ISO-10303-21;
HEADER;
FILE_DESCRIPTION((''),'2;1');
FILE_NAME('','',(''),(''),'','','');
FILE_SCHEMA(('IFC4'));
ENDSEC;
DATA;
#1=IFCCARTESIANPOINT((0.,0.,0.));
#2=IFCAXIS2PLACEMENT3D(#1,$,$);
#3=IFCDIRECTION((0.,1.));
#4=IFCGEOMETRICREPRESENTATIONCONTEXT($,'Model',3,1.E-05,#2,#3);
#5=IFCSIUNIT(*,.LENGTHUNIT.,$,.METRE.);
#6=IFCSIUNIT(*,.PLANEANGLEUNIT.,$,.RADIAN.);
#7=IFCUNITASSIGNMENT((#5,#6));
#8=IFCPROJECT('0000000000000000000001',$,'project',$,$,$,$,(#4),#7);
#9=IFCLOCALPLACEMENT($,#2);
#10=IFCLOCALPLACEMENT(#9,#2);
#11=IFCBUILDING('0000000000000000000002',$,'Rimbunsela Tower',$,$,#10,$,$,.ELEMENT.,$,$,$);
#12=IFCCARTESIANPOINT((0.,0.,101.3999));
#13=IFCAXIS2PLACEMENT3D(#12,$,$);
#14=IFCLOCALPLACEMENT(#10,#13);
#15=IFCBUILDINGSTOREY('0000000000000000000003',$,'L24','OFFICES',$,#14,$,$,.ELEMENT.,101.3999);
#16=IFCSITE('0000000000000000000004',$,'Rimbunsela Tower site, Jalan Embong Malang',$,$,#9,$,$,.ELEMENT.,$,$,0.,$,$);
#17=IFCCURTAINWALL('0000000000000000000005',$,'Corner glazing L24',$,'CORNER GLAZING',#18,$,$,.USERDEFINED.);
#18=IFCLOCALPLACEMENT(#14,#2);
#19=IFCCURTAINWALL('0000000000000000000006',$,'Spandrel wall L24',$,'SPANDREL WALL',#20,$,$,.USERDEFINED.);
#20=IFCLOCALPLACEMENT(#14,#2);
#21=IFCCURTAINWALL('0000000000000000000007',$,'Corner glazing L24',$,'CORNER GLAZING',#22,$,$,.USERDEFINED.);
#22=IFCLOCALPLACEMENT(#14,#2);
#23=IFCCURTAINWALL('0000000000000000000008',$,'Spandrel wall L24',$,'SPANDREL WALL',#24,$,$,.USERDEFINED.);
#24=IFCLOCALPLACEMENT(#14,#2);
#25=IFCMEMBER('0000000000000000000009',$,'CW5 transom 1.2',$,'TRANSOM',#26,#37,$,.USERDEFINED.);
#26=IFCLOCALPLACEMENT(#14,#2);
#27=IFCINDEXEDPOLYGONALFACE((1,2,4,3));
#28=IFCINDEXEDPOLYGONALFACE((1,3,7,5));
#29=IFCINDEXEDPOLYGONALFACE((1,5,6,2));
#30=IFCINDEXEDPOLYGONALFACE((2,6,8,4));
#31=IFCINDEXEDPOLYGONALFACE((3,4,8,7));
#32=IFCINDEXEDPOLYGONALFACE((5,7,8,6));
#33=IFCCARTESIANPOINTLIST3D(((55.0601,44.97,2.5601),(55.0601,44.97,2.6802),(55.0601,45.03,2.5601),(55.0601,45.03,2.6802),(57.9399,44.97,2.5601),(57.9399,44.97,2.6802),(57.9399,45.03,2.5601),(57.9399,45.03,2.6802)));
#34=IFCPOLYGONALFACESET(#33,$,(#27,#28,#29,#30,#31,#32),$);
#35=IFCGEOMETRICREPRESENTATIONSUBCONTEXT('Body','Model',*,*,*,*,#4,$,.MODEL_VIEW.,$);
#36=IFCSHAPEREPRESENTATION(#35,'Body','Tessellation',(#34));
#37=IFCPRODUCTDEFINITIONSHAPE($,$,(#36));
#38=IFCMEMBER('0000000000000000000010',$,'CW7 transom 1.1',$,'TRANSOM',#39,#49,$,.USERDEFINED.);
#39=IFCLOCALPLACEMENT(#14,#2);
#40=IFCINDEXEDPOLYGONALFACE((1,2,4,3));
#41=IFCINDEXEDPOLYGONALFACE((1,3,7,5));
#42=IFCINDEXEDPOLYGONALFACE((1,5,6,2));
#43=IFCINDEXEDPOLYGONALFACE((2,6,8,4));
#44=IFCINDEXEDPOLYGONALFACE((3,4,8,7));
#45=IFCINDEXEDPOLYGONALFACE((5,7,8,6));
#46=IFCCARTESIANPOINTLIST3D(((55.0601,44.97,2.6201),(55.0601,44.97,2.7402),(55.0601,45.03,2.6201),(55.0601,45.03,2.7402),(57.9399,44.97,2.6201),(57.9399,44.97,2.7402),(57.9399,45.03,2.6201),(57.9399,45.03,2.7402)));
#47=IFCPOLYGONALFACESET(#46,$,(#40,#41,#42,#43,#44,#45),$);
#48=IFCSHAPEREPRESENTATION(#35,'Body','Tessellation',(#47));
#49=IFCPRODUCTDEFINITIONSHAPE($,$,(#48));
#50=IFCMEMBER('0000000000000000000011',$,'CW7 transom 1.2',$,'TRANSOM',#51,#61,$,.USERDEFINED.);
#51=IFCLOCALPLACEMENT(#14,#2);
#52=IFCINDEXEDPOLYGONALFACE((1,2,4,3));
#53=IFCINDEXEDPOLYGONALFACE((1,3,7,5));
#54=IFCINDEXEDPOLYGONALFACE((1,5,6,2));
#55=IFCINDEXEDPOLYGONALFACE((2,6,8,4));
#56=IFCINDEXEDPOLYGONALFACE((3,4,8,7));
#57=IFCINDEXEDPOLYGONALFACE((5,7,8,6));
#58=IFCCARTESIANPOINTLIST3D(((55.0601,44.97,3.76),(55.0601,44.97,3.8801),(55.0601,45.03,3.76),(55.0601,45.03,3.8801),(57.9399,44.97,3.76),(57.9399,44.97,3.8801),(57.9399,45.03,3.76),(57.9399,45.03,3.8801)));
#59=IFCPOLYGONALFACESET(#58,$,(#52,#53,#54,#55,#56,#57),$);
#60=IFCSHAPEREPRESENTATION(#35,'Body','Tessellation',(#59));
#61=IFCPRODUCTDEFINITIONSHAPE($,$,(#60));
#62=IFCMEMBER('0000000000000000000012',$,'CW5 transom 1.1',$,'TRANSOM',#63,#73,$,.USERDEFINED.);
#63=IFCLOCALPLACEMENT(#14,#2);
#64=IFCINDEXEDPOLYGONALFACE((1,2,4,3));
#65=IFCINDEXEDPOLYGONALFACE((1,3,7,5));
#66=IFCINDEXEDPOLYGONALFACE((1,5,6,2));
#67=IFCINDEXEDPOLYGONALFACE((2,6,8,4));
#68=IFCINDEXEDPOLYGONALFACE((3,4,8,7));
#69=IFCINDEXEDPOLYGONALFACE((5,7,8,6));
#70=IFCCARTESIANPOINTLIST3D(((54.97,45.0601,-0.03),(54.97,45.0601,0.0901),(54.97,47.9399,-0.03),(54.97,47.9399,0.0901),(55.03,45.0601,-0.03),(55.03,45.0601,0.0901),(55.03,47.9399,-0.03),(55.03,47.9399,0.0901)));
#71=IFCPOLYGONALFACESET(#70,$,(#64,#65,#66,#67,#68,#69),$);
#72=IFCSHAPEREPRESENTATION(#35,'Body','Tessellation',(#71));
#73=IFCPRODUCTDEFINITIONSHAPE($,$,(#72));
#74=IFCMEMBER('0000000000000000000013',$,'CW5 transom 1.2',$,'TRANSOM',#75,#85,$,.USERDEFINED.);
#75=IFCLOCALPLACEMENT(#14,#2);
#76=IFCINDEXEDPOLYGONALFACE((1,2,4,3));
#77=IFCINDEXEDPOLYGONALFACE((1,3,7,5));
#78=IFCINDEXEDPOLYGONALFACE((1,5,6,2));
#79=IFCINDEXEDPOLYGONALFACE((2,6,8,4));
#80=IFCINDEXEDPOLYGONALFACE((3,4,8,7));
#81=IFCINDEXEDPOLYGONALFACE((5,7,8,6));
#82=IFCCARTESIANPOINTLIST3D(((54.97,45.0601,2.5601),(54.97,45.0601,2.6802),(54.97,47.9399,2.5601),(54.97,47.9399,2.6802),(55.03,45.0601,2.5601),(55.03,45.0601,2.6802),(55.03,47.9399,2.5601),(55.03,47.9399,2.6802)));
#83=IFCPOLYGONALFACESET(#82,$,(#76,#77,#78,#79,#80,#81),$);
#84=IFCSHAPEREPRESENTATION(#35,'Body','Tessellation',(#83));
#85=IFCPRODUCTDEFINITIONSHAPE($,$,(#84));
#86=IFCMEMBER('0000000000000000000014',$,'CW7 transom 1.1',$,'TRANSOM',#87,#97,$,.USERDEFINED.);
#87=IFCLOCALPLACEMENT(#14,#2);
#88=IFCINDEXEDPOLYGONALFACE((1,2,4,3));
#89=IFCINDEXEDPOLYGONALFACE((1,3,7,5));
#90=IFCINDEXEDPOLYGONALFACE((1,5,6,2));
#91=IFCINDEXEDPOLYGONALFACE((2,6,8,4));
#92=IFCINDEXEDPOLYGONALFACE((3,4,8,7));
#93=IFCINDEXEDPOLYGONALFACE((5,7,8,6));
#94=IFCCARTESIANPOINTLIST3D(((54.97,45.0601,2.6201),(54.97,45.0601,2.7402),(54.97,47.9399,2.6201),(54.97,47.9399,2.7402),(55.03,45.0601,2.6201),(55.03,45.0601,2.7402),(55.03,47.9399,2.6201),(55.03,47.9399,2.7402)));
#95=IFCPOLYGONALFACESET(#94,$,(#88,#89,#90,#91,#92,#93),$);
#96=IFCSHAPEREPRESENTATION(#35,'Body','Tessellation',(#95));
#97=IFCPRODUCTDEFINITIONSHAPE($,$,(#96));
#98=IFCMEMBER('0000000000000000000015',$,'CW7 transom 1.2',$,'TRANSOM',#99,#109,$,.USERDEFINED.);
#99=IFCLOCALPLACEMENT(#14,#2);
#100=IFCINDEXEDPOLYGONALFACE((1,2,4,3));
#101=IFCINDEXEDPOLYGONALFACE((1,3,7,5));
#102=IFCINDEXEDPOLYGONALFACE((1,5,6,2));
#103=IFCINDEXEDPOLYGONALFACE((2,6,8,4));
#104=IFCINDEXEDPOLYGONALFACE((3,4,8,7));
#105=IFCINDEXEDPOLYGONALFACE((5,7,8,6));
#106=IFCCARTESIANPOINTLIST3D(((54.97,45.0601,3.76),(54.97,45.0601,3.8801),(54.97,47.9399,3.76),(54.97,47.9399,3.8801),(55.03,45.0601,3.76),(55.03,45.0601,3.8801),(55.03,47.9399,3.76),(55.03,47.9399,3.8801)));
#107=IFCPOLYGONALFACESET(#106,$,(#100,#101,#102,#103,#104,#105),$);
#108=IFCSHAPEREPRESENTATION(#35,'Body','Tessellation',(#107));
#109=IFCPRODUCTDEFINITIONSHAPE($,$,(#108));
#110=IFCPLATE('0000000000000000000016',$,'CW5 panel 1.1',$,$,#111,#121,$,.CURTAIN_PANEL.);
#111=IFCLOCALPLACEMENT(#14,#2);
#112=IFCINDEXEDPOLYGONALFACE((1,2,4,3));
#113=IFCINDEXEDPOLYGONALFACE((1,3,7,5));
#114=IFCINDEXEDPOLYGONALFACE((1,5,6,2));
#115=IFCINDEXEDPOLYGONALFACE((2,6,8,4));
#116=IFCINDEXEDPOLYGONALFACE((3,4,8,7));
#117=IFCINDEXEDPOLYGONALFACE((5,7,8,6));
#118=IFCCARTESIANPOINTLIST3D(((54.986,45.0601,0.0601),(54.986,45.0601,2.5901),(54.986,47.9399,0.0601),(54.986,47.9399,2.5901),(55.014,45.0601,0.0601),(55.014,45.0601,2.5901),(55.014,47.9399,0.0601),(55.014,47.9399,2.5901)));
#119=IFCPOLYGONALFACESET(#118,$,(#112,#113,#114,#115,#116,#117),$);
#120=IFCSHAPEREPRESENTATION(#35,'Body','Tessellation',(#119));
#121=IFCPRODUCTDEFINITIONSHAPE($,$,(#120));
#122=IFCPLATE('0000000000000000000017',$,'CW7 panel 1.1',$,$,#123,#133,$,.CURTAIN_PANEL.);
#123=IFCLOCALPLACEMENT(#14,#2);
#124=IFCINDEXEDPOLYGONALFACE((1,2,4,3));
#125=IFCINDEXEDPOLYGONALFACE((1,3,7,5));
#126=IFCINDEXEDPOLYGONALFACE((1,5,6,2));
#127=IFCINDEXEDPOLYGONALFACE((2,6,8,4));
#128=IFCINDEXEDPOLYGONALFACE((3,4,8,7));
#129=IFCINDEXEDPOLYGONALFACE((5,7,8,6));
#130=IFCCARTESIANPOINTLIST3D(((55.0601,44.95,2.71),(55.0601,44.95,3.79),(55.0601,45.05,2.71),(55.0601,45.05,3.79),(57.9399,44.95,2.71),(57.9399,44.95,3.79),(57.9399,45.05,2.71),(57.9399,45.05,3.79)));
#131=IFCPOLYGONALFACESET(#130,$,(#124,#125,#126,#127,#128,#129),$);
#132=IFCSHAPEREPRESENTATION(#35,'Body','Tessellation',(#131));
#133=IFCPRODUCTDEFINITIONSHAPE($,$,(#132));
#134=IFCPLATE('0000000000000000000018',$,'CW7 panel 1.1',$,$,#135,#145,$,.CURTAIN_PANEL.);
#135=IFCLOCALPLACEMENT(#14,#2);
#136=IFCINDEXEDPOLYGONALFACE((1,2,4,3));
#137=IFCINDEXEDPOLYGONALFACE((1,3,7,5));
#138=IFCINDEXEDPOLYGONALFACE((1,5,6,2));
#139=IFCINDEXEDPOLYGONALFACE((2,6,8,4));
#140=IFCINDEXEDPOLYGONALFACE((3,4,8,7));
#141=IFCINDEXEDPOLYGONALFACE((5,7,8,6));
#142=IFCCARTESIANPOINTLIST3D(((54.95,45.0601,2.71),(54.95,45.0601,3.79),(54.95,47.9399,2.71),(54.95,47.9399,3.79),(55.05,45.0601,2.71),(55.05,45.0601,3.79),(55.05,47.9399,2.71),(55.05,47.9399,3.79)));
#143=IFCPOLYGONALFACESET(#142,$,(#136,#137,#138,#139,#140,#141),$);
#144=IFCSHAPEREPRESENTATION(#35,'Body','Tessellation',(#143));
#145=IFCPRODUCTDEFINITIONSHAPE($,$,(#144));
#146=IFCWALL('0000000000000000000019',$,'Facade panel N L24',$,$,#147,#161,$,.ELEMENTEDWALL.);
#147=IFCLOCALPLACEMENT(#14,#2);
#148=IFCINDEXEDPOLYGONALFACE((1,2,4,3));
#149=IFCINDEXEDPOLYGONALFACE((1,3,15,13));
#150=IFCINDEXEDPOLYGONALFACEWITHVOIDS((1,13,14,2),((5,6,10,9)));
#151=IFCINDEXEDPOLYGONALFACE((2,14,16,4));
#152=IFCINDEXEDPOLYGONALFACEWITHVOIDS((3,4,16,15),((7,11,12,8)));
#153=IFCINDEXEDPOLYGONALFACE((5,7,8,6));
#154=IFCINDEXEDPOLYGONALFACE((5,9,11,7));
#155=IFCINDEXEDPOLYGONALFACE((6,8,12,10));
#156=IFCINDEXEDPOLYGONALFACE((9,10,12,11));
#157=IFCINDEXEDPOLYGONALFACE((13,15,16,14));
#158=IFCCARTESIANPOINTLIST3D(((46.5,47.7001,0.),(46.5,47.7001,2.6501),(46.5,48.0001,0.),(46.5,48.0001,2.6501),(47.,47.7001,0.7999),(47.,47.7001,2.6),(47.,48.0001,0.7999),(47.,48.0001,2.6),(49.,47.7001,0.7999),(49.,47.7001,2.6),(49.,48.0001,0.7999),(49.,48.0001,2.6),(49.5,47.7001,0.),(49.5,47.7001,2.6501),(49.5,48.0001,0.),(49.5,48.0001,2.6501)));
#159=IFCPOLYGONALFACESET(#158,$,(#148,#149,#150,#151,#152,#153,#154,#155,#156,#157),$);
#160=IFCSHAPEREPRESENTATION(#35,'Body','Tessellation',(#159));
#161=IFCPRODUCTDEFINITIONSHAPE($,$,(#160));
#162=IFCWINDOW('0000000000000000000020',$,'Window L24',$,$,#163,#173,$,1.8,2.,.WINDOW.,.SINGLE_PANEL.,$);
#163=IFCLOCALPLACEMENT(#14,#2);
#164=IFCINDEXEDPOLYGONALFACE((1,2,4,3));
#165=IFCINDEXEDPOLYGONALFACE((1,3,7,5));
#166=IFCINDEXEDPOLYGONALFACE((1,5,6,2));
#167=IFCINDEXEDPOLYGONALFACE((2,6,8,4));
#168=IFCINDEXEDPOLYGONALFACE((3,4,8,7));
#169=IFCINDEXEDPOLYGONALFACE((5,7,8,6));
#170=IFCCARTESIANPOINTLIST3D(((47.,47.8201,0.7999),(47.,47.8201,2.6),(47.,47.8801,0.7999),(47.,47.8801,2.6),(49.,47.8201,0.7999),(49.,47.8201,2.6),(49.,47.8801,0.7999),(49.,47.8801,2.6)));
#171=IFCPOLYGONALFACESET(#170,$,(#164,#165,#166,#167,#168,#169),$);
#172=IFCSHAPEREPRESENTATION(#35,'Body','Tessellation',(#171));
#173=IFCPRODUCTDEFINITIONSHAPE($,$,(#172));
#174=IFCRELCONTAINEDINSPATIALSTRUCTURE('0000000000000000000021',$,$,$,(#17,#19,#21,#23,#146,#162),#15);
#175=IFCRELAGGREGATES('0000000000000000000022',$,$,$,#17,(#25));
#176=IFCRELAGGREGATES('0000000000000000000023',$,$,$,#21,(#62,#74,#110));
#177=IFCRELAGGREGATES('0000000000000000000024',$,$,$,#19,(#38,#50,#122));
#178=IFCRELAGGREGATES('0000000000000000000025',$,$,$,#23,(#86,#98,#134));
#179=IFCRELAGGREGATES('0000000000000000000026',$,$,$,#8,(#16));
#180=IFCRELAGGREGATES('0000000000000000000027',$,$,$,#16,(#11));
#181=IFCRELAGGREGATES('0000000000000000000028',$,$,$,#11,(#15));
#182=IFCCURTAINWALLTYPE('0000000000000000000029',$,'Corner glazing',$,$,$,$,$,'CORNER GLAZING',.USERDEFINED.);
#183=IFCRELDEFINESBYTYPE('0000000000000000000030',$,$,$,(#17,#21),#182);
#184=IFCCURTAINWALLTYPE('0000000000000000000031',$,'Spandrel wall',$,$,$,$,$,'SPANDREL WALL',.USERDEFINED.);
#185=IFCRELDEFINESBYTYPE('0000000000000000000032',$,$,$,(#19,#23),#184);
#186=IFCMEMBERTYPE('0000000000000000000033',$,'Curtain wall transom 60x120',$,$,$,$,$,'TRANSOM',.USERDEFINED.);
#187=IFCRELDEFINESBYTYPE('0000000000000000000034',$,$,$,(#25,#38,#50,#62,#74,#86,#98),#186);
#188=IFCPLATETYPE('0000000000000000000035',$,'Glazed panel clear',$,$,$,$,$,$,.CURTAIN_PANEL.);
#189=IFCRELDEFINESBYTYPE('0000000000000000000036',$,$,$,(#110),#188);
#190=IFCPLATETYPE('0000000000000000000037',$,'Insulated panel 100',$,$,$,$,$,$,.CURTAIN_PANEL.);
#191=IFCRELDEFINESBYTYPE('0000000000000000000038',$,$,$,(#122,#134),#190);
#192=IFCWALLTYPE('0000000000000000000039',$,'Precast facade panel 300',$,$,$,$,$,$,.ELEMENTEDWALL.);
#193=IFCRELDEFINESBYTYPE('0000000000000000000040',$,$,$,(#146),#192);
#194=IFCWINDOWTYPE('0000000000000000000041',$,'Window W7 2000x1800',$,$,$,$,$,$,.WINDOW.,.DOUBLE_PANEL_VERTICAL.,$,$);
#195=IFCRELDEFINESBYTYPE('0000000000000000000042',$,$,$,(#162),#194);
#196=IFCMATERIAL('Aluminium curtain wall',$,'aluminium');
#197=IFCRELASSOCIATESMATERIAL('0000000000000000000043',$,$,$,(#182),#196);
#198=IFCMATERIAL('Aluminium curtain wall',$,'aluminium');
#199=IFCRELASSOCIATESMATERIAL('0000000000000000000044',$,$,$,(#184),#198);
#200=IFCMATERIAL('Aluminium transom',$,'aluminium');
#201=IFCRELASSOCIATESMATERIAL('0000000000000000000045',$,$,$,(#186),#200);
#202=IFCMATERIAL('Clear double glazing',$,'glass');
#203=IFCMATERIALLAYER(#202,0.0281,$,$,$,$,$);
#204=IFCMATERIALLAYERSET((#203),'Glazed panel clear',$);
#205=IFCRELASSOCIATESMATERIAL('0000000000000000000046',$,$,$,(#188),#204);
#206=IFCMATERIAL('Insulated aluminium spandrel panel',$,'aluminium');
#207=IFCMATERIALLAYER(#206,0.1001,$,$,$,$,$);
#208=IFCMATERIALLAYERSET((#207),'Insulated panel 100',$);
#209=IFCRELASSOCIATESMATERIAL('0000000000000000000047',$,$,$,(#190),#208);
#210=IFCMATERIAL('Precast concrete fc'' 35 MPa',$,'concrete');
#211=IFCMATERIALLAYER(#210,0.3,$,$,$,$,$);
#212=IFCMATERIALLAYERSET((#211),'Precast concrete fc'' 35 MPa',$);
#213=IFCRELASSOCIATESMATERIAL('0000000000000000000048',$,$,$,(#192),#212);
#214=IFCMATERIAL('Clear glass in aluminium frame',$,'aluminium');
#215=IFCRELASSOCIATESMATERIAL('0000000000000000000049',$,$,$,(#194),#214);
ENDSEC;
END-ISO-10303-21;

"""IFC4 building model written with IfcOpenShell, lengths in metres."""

from ifc_helpers import new_model, si_unit, direction, frame, frame_2d, origin, origin_2d, place, context, subcontext, project, spatial, rectangle, extrude, material, layer, layer_set, material_profile, profile_set, type_object, element, fill, aggregate, save


model = new_model("IFC4")

# Units and contexts
model_context = context("Model", 3, precision=1e-05, world=origin(), true_north=direction((0.0, 1.0)))
body_context = subcontext(model_context, "Body", "Model", "MODEL_VIEW")
ifc_project = project(units=[si_unit("LENGTHUNIT", "METRE"), si_unit("PLANEANGLEUNIT", "RADIAN")], contexts=[model_context])

# Site, building, storey
site_placement = place(None, origin())
site = spatial("IfcSite", under=ifc_project, at=site_placement, Name="Rimbunsela Tower site, Jalan Embong Malang", CompositionType="ELEMENT", RefElevation=0.0)
building_placement = place(site_placement, origin())
building = spatial("IfcBuilding", under=site, at=building_placement, Name="Rimbunsela Tower", CompositionType="ELEMENT")
storey_placement = place(building_placement, frame((0.0, 0.0, 101.3999)))
storey = spatial("IfcBuildingStorey", under=building, at=storey_placement, Name="L24", Description="OFFICES", CompositionType="ELEMENT", Elevation=101.3999)

# Curtain walls
ifc_material_1 = material(Name="Aluminium curtain wall", Category="aluminium")
curtain_wall_type_1 = type_object("IfcCurtainWallType", Name="Corner glazing", ElementType="CORNER GLAZING", PredefinedType="USERDEFINED", material=ifc_material_1)
curtain_wall_1_placement = place(storey_placement, origin())
curtain_wall_1 = element("IfcCurtainWall", 1, at=curtain_wall_1_placement, inside=storey, type_object=curtain_wall_type_1, Name="Corner glazing L24", ObjectType="CORNER GLAZING", PredefinedType="USERDEFINED")
ifc_material_2 = material(Name="Aluminium curtain wall", Category="aluminium")
curtain_wall_type_2 = type_object("IfcCurtainWallType", Name="Spandrel wall", ElementType="SPANDREL WALL", PredefinedType="USERDEFINED", material=ifc_material_2)
curtain_wall_2_placement = place(storey_placement, origin())
curtain_wall_2 = element("IfcCurtainWall", 2, at=curtain_wall_2_placement, inside=storey, type_object=curtain_wall_type_2, Name="Spandrel wall L24", ObjectType="SPANDREL WALL", PredefinedType="USERDEFINED")

# Curtain walls
curtain_wall_3_placement = place(storey_placement, origin())
curtain_wall_3 = element("IfcCurtainWall", 3, at=curtain_wall_3_placement, inside=storey, type_object=curtain_wall_type_1, Name="Corner glazing L24", ObjectType="CORNER GLAZING", PredefinedType="USERDEFINED")
curtain_wall_4_placement = place(storey_placement, origin())
curtain_wall_4 = element("IfcCurtainWall", 4, at=curtain_wall_4_placement, inside=storey, type_object=curtain_wall_type_2, Name="Spandrel wall L24", ObjectType="SPANDREL WALL", PredefinedType="USERDEFINED")

# Members
ifc_material_3 = material(Name="Aluminium transom", Category="aluminium")
ifc_material_profile_1 = material_profile(ifc_material_3, rectangle(XDim=0.0601, YDim=0.1201, at=origin_2d()), Name="Transom 60x120")
ifc_profile_set_1 = profile_set([ifc_material_profile_1], Name="Aluminium transom")
member_type_1 = type_object("IfcMemberType", Name="Curtain wall transom 60x120", ElementType="TRANSOM", PredefinedType="USERDEFINED", material=ifc_profile_set_1)
member_1_placement = place(storey_placement, frame((57.9399, 45.0, 2.6201), z_axis=(-1.0, 0.0, 0.0), x_axis=(0.0, -1.0, 0.0)))
member_1 = element("IfcMember", 5, at=member_1_placement, type_object=member_type_1, Name="CW5 transom 1.2", ObjectType="TRANSOM", PredefinedType="USERDEFINED", context=body_context, shape_type="SweptSolid", body=[
    extrude(rectangle(XDim=0.0601, YDim=0.1201, at=origin_2d()), origin(), (0.0, 0.0, 1.0), 2.8799),
])
aggregate(curtain_wall_1, [member_1])
member_2_placement = place(storey_placement, frame((57.9399, 45.0, 2.6802), z_axis=(-1.0, 0.0, 0.0), x_axis=(0.0, -1.0, 0.0)))
member_2 = element("IfcMember", 6, at=member_2_placement, type_object=member_type_1, Name="CW7 transom 1.1", ObjectType="TRANSOM", PredefinedType="USERDEFINED", context=body_context, shape_type="SweptSolid", body=[
    extrude(rectangle(XDim=0.0601, YDim=0.1201, at=origin_2d()), origin(), (0.0, 0.0, 1.0), 2.8799),
])
member_3_placement = place(storey_placement, frame((57.9399, 45.0, 3.8201), z_axis=(-1.0, 0.0, 0.0), x_axis=(0.0, -1.0, 0.0)))
member_3 = element("IfcMember", 7, at=member_3_placement, type_object=member_type_1, Name="CW7 transom 1.2", ObjectType="TRANSOM", PredefinedType="USERDEFINED", context=body_context, shape_type="SweptSolid", body=[
    extrude(rectangle(XDim=0.0601, YDim=0.1201, at=origin_2d()), origin(), (0.0, 0.0, 1.0), 2.8799),
])
member_4_placement = place(storey_placement, frame((55.0, 45.0601, 0.03), z_axis=(0.0, 1.0, 0.0), x_axis=(-1.0, 0.0, 0.0)))
member_4 = element("IfcMember", 8, at=member_4_placement, type_object=member_type_1, Name="CW5 transom 1.1", ObjectType="TRANSOM", PredefinedType="USERDEFINED", context=body_context, shape_type="SweptSolid", body=[
    extrude(rectangle(XDim=0.0601, YDim=0.1201, at=origin_2d()), origin(), (0.0, 0.0, 1.0), 2.8799),
])
member_5_placement = place(storey_placement, frame((55.0, 45.0601, 2.6201), z_axis=(0.0, 1.0, 0.0), x_axis=(-1.0, 0.0, 0.0)))
member_5 = element("IfcMember", 9, at=member_5_placement, type_object=member_type_1, Name="CW5 transom 1.2", ObjectType="TRANSOM", PredefinedType="USERDEFINED", context=body_context, shape_type="SweptSolid", body=[
    extrude(rectangle(XDim=0.0601, YDim=0.1201, at=origin_2d()), origin(), (0.0, 0.0, 1.0), 2.8799),
])
member_6_placement = place(storey_placement, frame((55.0, 45.0601, 2.6802), z_axis=(0.0, 1.0, 0.0), x_axis=(-1.0, 0.0, 0.0)))
member_6 = element("IfcMember", 10, at=member_6_placement, type_object=member_type_1, Name="CW7 transom 1.1", ObjectType="TRANSOM", PredefinedType="USERDEFINED", context=body_context, shape_type="SweptSolid", body=[
    extrude(rectangle(XDim=0.0601, YDim=0.1201, at=origin_2d()), origin(), (0.0, 0.0, 1.0), 2.8799),
])
member_7_placement = place(storey_placement, frame((55.0, 45.0601, 3.8201), z_axis=(0.0, 1.0, 0.0), x_axis=(-1.0, 0.0, 0.0)))
member_7 = element("IfcMember", 11, at=member_7_placement, type_object=member_type_1, Name="CW7 transom 1.2", ObjectType="TRANSOM", PredefinedType="USERDEFINED", context=body_context, shape_type="SweptSolid", body=[
    extrude(rectangle(XDim=0.0601, YDim=0.1201, at=origin_2d()), origin(), (0.0, 0.0, 1.0), 2.8799),
])

# Plates
ifc_material_4 = material(Name="Clear double glazing", Category="glass")
ifc_layer_1 = layer(ifc_material_4, 0.0281)
ifc_layer_set_1 = layer_set([ifc_layer_1], Name="Glazed panel clear")
plate_type_1 = type_object("IfcPlateType", Name="Glazed panel clear", PredefinedType="CURTAIN_PANEL", material=ifc_layer_set_1)
plate_1_placement = place(storey_placement, frame((55.0, 46.5, 0.0601), z_axis=(0.0, 0.0, 1.0), x_axis=(0.0, 1.0, 0.0)))
plate_1 = element("IfcPlate", 12, at=plate_1_placement, type_object=plate_type_1, Name="CW5 panel 1.1", PredefinedType="CURTAIN_PANEL", context=body_context, shape_type="SweptSolid", body=[
    extrude(rectangle(XDim=2.8799, YDim=0.0281, at=origin_2d()), origin(), (0.0, 0.0, 1.0), 2.53),
])
aggregate(curtain_wall_3, [member_4, member_5, plate_1])
ifc_material_5 = material(Name="Insulated aluminium spandrel panel", Category="aluminium")
ifc_layer_2 = layer(ifc_material_5, 0.1001)
ifc_layer_set_2 = layer_set([ifc_layer_2], Name="Insulated panel 100")
plate_type_2 = type_object("IfcPlateType", Name="Insulated panel 100", PredefinedType="CURTAIN_PANEL", material=ifc_layer_set_2)
plate_2_placement = place(storey_placement, frame((56.5, 45.0, 2.71), z_axis=(0.0, 0.0, 1.0), x_axis=(-1.0, 0.0, 0.0)))
plate_2 = element("IfcPlate", 13, at=plate_2_placement, type_object=plate_type_2, Name="CW7 panel 1.1", PredefinedType="CURTAIN_PANEL", context=body_context, shape_type="SweptSolid", body=[
    extrude(rectangle(XDim=2.8799, YDim=0.1001, at=origin_2d()), origin(), (0.0, 0.0, 1.0), 1.0801),
])
aggregate(curtain_wall_2, [member_2, member_3, plate_2])
plate_3_placement = place(storey_placement, frame((55.0, 46.5, 2.71), z_axis=(0.0, 0.0, 1.0), x_axis=(0.0, 1.0, 0.0)))
plate_3 = element("IfcPlate", 14, at=plate_3_placement, type_object=plate_type_2, Name="CW7 panel 1.1", PredefinedType="CURTAIN_PANEL", context=body_context, shape_type="SweptSolid", body=[
    extrude(rectangle(XDim=2.8799, YDim=0.1001, at=origin_2d()), origin(), (0.0, 0.0, 1.0), 1.0801),
])
aggregate(curtain_wall_4, [member_6, member_7, plate_3])

# Wall, opening, window
ifc_material_6 = material(Name="Precast concrete fc' 35 MPa", Category="concrete")
ifc_layer_3 = layer(ifc_material_6, 0.3)
ifc_layer_set_3 = layer_set([ifc_layer_3], Name="Precast concrete fc' 35 MPa")
wall_type = type_object("IfcWallType", Name="Precast facade panel 300", PredefinedType="ELEMENTEDWALL", material=ifc_layer_set_3)
wall_1_placement = place(storey_placement, frame((49.5, 47.8501, 0.0), z_axis=(0.0, 0.0, 1.0), x_axis=(-1.0, 0.0, 0.0)))
wall_1 = element("IfcWall", 15, at=wall_1_placement, inside=storey, type_object=wall_type, Name="Facade panel N L24", PredefinedType="ELEMENTEDWALL", context=body_context, shape_type="SweptSolid", body=[
    extrude(rectangle(XDim=3.0, YDim=0.3, at=frame_2d((1.5, 0.0))), origin(), (0.0, 0.0, 1.0), 2.6501),
])
opening_1_placement = place(wall_1_placement, frame((0.5, 0.0, 0.8)))
opening_1 = element("IfcOpeningElement", 16, at=opening_1_placement, cuts=wall_1, PredefinedType="OPENING", context=body_context, shape_type="SweptSolid", body=[
    extrude(rectangle(XDim=2.0, YDim=1.8, at=frame_2d((1.0, 0.8999))), frame((0.0, 0.1599, 0.0), z_axis=(0.0, -1.0, 0.0), x_axis=(1.0, 0.0, 0.0)), (0.0, 0.0, 1.0), 0.3201),
])
ifc_material_7 = material(Name="Clear glass in aluminium frame", Category="aluminium")
window_type = type_object("IfcWindowType", Name="Window W7 2000x1800", PartitioningType="DOUBLE_PANEL_VERTICAL", PredefinedType="WINDOW", material=ifc_material_7)
window_1_placement = place(opening_1_placement, origin())
window_1 = element("IfcWindow", 17, at=window_1_placement, inside=storey, type_object=window_type, Name="Window L24", OverallHeight=1.8, OverallWidth=2.0, PartitioningType="SINGLE_PANEL", PredefinedType="WINDOW", context=body_context, shape_type="SweptSolid", body=[
    extrude(rectangle(XDim=2.0, YDim=1.8, at=frame_2d((1.0, 0.8999))), frame((0.0, 0.03, 0.0), z_axis=(0.0, -1.0, 0.0), x_axis=(1.0, 0.0, 0.0)), (0.0, 0.0, 1.0), 0.0601),
])
fill(opening_1, window_1)

save(model, "model.ifc")
